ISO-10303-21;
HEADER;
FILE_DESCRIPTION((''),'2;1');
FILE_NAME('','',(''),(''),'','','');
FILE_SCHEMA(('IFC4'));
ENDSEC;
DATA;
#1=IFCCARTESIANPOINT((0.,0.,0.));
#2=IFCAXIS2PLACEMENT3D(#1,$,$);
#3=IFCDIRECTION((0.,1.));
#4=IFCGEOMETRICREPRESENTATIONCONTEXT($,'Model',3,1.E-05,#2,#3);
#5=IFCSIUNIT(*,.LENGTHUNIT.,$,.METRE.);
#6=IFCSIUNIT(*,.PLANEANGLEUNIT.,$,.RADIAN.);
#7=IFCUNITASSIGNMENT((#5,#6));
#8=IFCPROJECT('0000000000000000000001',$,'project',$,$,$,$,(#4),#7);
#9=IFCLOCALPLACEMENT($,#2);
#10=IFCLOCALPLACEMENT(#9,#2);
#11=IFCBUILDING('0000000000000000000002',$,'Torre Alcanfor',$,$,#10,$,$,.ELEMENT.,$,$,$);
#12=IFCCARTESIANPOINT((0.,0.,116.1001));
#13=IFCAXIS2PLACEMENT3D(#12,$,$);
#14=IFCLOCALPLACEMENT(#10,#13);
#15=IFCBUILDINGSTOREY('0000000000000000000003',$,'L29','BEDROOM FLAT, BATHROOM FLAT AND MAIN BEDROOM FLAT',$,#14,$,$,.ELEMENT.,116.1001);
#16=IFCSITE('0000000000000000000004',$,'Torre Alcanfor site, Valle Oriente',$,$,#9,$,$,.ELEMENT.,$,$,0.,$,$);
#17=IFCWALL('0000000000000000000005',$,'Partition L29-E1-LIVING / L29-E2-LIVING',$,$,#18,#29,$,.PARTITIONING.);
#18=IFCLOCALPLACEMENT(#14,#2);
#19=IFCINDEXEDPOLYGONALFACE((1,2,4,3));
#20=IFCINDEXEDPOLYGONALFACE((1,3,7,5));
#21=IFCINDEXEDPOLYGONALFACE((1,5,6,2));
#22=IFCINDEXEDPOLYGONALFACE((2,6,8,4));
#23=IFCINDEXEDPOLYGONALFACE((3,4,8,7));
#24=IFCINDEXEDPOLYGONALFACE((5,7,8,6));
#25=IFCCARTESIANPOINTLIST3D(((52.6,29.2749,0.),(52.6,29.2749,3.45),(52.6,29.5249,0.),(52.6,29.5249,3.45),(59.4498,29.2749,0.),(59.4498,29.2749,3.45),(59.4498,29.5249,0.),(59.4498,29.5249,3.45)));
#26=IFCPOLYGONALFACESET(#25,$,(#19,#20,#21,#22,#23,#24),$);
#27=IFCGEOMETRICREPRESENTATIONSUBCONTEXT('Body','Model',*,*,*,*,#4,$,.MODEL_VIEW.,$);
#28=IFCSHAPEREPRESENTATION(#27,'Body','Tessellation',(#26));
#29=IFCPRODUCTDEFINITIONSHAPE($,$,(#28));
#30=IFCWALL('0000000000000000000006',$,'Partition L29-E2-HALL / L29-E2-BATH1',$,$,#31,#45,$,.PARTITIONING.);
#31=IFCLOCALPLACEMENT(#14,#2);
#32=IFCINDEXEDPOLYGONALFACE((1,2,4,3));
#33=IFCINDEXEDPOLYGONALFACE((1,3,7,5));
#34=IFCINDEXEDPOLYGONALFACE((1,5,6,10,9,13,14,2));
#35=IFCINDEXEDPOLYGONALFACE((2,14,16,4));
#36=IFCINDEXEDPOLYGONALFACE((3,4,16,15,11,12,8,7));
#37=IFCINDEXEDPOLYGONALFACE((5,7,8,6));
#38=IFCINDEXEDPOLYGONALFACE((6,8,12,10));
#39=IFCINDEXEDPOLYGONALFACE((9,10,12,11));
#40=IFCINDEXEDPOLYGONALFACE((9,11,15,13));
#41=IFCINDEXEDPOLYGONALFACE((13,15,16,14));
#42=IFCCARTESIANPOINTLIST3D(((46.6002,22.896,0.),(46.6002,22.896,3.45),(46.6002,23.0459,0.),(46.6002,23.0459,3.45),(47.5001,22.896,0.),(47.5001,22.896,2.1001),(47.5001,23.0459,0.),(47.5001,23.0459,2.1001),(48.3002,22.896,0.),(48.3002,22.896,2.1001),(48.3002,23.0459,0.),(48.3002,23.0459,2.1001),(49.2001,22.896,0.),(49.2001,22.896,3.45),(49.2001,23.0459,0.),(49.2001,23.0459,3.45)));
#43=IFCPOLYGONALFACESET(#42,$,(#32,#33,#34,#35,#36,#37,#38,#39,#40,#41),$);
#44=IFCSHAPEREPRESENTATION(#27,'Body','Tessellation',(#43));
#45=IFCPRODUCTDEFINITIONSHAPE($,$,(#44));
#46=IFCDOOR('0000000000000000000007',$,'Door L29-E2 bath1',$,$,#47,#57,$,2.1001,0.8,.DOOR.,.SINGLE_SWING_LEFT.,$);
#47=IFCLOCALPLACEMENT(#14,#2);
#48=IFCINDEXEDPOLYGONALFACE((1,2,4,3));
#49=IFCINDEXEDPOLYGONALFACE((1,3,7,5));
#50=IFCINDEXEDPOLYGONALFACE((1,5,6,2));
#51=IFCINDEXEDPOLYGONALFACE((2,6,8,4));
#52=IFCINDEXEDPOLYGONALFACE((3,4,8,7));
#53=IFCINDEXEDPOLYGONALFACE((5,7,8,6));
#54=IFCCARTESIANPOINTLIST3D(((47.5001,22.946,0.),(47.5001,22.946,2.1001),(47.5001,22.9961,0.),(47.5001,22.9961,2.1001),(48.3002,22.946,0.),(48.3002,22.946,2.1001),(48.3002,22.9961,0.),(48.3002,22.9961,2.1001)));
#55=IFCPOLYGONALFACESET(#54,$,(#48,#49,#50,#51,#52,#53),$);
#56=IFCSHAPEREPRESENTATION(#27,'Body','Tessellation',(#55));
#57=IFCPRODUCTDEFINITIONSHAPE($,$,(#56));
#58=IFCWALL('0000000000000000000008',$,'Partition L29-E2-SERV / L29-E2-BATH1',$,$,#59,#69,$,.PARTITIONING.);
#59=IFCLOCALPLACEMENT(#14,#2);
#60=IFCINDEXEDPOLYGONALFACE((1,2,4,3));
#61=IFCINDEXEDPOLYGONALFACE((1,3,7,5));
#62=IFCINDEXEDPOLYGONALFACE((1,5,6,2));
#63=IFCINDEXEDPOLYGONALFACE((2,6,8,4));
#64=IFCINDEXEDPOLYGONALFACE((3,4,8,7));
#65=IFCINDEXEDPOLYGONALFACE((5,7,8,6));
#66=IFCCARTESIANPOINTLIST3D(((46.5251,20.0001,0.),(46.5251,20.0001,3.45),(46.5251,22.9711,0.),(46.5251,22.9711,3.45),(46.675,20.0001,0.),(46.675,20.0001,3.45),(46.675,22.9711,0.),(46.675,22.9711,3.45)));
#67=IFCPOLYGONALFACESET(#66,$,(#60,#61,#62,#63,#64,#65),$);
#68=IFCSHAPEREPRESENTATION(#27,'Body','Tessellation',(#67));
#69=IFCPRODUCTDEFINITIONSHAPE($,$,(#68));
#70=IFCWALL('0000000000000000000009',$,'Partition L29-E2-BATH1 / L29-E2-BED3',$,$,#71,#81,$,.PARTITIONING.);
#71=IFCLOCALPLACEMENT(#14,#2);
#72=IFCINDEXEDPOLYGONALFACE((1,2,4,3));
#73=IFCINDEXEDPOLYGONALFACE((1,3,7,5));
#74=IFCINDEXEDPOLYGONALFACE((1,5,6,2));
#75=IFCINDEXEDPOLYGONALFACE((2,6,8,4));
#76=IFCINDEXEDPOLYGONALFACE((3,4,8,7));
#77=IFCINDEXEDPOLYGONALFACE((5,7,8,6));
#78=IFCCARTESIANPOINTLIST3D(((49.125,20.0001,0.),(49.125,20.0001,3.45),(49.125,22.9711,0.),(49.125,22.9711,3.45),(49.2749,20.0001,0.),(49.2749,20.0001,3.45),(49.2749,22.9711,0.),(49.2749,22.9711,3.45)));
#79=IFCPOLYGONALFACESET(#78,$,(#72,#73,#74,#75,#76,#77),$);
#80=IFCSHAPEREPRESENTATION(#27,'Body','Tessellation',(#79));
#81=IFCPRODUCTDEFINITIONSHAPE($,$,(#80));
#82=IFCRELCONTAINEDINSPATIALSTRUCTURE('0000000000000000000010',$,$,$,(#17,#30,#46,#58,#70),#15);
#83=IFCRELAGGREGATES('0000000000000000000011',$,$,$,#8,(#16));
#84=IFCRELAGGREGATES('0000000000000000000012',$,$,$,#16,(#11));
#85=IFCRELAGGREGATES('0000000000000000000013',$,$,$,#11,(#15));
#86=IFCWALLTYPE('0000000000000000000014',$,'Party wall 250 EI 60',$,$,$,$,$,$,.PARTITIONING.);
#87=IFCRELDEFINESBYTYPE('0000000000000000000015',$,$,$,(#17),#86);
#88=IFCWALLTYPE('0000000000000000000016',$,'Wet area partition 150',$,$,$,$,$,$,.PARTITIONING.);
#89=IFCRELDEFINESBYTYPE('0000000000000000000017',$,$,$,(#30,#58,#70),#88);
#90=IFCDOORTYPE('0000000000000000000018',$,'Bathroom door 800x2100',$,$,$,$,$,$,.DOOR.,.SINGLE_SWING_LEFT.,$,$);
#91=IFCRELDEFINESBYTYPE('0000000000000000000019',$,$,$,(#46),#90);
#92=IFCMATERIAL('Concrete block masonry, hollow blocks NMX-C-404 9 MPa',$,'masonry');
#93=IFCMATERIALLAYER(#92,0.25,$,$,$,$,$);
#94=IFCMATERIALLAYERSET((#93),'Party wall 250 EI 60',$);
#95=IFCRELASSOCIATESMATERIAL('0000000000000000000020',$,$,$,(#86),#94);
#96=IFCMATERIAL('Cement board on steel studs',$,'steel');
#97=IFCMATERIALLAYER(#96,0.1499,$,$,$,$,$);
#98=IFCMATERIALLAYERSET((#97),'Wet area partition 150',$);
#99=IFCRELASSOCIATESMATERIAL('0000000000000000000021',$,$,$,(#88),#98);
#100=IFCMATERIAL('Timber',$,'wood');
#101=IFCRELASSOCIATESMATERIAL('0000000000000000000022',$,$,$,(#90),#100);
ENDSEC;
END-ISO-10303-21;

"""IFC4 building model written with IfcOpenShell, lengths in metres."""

from ifc_helpers import new_model, si_unit, direction, frame, frame_2d, origin, place, context, subcontext, project, spatial, rectangle, extrude, material, layer, layer_set, type_object, element, fill, save


model = new_model("IFC4")

# Units and contexts
model_context = context("Model", 3, precision=1e-05, world=origin(), true_north=direction((0.0, 1.0)))
body_context = subcontext(model_context, "Body", "Model", "MODEL_VIEW")
ifc_project = project(units=[si_unit("LENGTHUNIT", "METRE"), si_unit("PLANEANGLEUNIT", "RADIAN")], contexts=[model_context])

# Site, building, storey
site_placement = place(None, origin())
site = spatial("IfcSite", under=ifc_project, at=site_placement, Name="Torre Alcanfor site, Valle Oriente", CompositionType="ELEMENT", RefElevation=0.0)
building_placement = place(site_placement, origin())
building = spatial("IfcBuilding", under=site, at=building_placement, Name="Torre Alcanfor", CompositionType="ELEMENT")
storey_placement = place(building_placement, frame((0.0, 0.0, 116.1001)))
storey = spatial("IfcBuildingStorey", under=building, at=storey_placement, Name="L29", Description="BEDROOM FLAT, BATHROOM FLAT AND MAIN BEDROOM FLAT", CompositionType="ELEMENT", Elevation=116.1001)

# Wall
ifc_material_1 = material(Name="Concrete block masonry, hollow blocks NMX-C-404 9 MPa", Category="masonry")
ifc_layer_1 = layer(ifc_material_1, 0.25)
ifc_layer_set_1 = layer_set([ifc_layer_1], Name="Party wall 250 EI 60")
wall_type_1 = type_object("IfcWallType", Name="Party wall 250 EI 60", PredefinedType="PARTITIONING", material=ifc_layer_set_1)
wall_1_placement = place(storey_placement, frame((52.6001, 29.3999, 0.0), z_axis=(0.0, 0.0, 1.0), x_axis=(1.0, 0.0, 0.0)))
element("IfcWall", 1, at=wall_1_placement, inside=storey, type_object=wall_type_1, Name="Partition L29-E1-LIVING / L29-E2-LIVING", PredefinedType="PARTITIONING", context=body_context, shape_type="SweptSolid", body=[
    extrude(rectangle(XDim=6.8499, YDim=0.25, at=frame_2d((3.4248, 0.0))), origin(), (0.0, 0.0, 1.0), 3.45),
])

# Wall, opening, door
ifc_material_2 = material(Name="Cement board on steel studs", Category="steel")
ifc_layer_2 = layer(ifc_material_2, 0.1499)
ifc_layer_set_2 = layer_set([ifc_layer_2], Name="Wet area partition 150")
wall_type_2 = type_object("IfcWallType", Name="Wet area partition 150", PredefinedType="PARTITIONING", material=ifc_layer_set_2)
wall_2_placement = place(storey_placement, frame((49.2, 22.9709, 0.0), z_axis=(0.0, 0.0, 1.0), x_axis=(-1.0, 0.0, 0.0)))
wall_2 = element("IfcWall", 2, at=wall_2_placement, inside=storey, type_object=wall_type_2, Name="Partition L29-E2-HALL / L29-E2-BATH1", PredefinedType="PARTITIONING", context=body_context, shape_type="SweptSolid", body=[
    extrude(rectangle(XDim=2.5999, YDim=0.1499, at=frame_2d((1.2998, 0.0))), origin(), (0.0, 0.0, 1.0), 3.45),
])
opening_1_placement = place(wall_2_placement, frame((0.8999, 0.0, 0.0)))
opening_1 = element("IfcOpeningElement", 3, at=opening_1_placement, cuts=wall_2, PredefinedType="OPENING", context=body_context, shape_type="SweptSolid", body=[
    extrude(rectangle(XDim=0.8, YDim=2.1001, at=frame_2d((0.3999, 1.05))), frame((0.0, 0.085, 0.0), z_axis=(0.0, -1.0, 0.0), x_axis=(1.0, 0.0, 0.0)), (0.0, 0.0, 1.0), 0.1699),
])
ifc_material_3 = material(Name="Timber", Category="wood")
door_type_1 = type_object("IfcDoorType", Name="Bathroom door 800x2100", OperationType="SINGLE_SWING_LEFT", PredefinedType="DOOR", material=ifc_material_3)
door_1_placement = place(opening_1_placement, origin())
door_1 = element("IfcDoor", 4, at=door_1_placement, inside=storey, type_object=door_type_1, Name="Door L29-E2 bath1", OperationType="SINGLE_SWING_LEFT", OverallHeight=2.1001, OverallWidth=0.8, PredefinedType="DOOR", context=body_context, shape_type="SweptSolid", body=[
    extrude(rectangle(XDim=0.8, YDim=2.1001, at=frame_2d((0.3999, 1.05))), frame((0.0, 0.0249, 0.0), z_axis=(0.0, -1.0, 0.0), x_axis=(1.0, 0.0, 0.0)), (0.0, 0.0, 1.0), 0.05),
])
fill(opening_1, door_1)

# Walls
for number, where, z_axis, x_axis, name in (
    (5, (46.6001, 22.9709, 0.0), (0.0, 0.0, 1.0), (0.0, -1.0, 0.0), "Partition L29-E2-SERV / L29-E2-BATH1"),
    (6, (49.2, 22.9709, 0.0), (0.0, 0.0, 1.0), (0.0, -1.0, 0.0), "Partition L29-E2-BATH1 / L29-E2-BED3"),
):
    element("IfcWall", number, at=place(storey_placement, frame(where, z_axis=z_axis, x_axis=x_axis)), inside=storey, type_object=wall_type_2, Name=name, PredefinedType="PARTITIONING", context=body_context, shape_type="SweptSolid", body=[
        extrude(rectangle(XDim=2.9709, YDim=0.1499, at=frame_2d((1.4854, 0.0))), origin(), (0.0, 0.0, 1.0), 3.45),
    ])

save(model, "model.ifc")
